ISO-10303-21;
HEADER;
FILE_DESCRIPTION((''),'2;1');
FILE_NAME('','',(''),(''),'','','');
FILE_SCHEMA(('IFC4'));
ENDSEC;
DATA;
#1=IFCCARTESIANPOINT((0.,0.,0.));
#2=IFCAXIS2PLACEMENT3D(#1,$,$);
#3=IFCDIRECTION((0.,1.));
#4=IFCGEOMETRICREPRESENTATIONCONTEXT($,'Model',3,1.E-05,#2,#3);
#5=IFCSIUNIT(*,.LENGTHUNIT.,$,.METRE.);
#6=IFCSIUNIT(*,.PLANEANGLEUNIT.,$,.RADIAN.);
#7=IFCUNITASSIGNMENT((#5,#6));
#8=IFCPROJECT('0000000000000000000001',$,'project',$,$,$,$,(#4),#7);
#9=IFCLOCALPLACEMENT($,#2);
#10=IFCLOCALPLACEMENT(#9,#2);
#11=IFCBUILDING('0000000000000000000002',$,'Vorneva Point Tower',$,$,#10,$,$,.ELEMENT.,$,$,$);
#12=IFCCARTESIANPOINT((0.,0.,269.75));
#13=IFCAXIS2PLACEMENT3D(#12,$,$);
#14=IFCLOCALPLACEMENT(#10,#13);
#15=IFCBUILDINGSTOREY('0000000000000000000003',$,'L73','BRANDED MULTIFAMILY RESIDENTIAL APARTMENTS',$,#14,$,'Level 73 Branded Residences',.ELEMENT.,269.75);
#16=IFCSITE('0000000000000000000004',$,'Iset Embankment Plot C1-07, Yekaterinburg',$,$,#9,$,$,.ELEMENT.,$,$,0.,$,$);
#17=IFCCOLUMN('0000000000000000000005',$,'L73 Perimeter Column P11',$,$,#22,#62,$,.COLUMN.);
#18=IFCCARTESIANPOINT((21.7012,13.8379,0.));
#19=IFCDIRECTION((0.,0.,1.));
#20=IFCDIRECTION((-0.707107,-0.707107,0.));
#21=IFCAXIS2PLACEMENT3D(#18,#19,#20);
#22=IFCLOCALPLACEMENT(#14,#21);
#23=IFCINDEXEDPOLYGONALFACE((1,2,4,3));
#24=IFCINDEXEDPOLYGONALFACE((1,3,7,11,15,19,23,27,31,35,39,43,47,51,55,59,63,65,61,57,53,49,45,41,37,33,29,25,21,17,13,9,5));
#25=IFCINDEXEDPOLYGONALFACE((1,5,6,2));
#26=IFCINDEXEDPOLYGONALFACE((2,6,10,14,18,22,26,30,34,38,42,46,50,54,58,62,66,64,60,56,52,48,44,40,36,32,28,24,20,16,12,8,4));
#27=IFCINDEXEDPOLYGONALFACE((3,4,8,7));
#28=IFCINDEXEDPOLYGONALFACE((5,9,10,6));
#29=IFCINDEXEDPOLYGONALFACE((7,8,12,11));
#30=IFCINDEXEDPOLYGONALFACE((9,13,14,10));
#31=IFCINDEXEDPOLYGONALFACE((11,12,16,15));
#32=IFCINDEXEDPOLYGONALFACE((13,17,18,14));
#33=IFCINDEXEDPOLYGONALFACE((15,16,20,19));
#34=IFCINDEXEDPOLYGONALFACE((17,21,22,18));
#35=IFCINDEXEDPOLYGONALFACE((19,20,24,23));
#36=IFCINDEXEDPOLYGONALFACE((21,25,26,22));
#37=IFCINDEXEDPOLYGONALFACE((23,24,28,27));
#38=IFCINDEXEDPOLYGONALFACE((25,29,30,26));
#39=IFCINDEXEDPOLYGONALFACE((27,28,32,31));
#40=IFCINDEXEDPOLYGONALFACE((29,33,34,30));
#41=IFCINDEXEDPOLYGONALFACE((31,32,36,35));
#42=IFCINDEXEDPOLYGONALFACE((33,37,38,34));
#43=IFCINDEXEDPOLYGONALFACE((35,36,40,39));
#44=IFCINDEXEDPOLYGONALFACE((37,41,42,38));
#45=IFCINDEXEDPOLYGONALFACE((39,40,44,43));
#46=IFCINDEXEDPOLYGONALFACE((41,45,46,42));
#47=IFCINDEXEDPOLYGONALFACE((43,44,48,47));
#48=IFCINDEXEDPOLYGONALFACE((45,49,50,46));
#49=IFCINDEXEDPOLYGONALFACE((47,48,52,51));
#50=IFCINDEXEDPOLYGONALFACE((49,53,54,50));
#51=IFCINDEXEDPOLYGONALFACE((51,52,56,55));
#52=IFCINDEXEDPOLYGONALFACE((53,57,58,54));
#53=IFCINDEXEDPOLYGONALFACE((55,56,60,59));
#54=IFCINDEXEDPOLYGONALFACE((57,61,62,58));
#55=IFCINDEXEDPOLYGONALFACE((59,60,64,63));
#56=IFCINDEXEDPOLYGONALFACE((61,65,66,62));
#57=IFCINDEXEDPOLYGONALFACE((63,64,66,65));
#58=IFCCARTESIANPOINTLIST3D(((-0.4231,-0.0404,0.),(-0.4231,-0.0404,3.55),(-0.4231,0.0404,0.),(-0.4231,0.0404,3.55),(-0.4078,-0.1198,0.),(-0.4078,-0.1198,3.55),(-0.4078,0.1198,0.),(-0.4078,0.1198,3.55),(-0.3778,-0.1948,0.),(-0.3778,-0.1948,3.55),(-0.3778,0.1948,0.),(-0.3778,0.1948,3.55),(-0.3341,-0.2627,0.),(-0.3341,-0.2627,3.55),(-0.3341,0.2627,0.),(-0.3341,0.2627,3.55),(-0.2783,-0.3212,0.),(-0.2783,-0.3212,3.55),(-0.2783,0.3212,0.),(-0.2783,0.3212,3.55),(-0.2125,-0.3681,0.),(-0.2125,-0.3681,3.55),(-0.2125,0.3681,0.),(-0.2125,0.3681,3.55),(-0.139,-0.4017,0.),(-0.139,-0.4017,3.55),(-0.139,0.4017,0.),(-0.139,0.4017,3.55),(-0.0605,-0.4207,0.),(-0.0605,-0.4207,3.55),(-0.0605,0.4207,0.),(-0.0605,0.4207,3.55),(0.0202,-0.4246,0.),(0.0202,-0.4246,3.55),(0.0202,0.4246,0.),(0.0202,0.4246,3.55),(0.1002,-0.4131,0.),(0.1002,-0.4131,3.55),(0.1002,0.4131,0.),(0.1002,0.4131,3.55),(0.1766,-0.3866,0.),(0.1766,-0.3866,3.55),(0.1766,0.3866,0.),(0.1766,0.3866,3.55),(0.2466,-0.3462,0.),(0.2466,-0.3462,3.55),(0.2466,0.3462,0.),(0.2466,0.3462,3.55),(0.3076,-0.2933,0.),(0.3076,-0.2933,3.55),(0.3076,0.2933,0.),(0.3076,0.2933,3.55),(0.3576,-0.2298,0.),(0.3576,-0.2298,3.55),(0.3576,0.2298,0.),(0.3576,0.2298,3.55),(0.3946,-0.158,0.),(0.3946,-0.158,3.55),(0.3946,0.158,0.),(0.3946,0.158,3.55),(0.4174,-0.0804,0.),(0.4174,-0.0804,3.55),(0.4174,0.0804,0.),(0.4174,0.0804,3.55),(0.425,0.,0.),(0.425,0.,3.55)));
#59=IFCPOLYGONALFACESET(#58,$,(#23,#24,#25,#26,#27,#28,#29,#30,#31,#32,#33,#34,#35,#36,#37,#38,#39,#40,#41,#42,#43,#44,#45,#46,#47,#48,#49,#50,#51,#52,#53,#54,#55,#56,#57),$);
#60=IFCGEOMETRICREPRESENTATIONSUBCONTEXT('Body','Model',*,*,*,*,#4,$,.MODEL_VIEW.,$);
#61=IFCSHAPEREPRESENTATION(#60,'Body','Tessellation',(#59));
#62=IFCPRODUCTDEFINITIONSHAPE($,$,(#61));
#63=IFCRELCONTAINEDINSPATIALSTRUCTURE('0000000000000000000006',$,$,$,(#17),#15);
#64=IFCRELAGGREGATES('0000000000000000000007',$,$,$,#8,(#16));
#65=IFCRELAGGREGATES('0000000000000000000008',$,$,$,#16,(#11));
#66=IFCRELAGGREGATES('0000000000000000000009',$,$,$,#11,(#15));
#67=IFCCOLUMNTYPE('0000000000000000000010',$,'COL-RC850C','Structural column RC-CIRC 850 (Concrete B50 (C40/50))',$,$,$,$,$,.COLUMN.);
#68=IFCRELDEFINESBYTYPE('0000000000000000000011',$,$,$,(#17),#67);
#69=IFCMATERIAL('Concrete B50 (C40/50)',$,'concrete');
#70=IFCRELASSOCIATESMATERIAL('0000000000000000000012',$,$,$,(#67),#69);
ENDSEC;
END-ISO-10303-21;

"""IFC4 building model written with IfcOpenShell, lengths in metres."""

from ifc_helpers import new_model, si_unit, direction, frame, origin, origin_2d, place, context, subcontext, project, spatial, circle, extrude, material, material_profile, profile_set, type_object, element, save


model = new_model("IFC4")

# Units and contexts
model_context = context("Model", 3, precision=1e-05, world=origin(), true_north=direction((0.0, 1.0)))
body_context = subcontext(model_context, "Body", "Model", "MODEL_VIEW")
ifc_project = project(units=[si_unit("LENGTHUNIT", "METRE"), si_unit("PLANEANGLEUNIT", "RADIAN")], contexts=[model_context])

# Site, building, storey
site_placement = place(None, origin())
site = spatial("IfcSite", under=ifc_project, at=site_placement, Name="Iset Embankment Plot C1-07, Yekaterinburg", CompositionType="ELEMENT", RefElevation=0.0)
building_placement = place(site_placement, origin())
building = spatial("IfcBuilding", under=site, at=building_placement, Name="Vorneva Point Tower", CompositionType="ELEMENT")
storey_placement = place(building_placement, frame((0.0, 0.0, 269.75)))
storey = spatial("IfcBuildingStorey", under=building, at=storey_placement, Name="L73", Description="BRANDED MULTIFAMILY RESIDENTIAL APARTMENTS", LongName="Level 73 Branded Residences", CompositionType="ELEMENT", Elevation=269.75)

# Column
ifc_material_1 = material(Name="Concrete B50 (C40/50)", Category="concrete")
ifc_material_profile_1 = material_profile(ifc_material_1, circle(Radius=0.425, at=origin_2d()), Name="RC-CIRC 850")
ifc_profile_set_1 = profile_set([ifc_material_profile_1], Name="Concrete B50 (C40/50)")
column_type = type_object("IfcColumnType", Name="COL-RC850C", Description="Structural column RC-CIRC 850 (Concrete B50 (C40/50))", PredefinedType="COLUMN", material=ifc_profile_set_1)
column_placement = place(storey_placement, frame((21.7012, 13.8379, 0.0), z_axis=(0.0, 0.0, 1.0), x_axis=(-0.707107, -0.707107, 0.0)))
element("IfcColumn", 1, at=column_placement, inside=storey, type_object=column_type, Name="L73 Perimeter Column P11", PredefinedType="COLUMN", context=body_context, shape_type="SweptSolid", body=[
    extrude(circle(Radius=0.425, at=origin_2d()), origin(), (0.0, 0.0, 1.0), 3.55),
])

save(model, "model.ifc")
